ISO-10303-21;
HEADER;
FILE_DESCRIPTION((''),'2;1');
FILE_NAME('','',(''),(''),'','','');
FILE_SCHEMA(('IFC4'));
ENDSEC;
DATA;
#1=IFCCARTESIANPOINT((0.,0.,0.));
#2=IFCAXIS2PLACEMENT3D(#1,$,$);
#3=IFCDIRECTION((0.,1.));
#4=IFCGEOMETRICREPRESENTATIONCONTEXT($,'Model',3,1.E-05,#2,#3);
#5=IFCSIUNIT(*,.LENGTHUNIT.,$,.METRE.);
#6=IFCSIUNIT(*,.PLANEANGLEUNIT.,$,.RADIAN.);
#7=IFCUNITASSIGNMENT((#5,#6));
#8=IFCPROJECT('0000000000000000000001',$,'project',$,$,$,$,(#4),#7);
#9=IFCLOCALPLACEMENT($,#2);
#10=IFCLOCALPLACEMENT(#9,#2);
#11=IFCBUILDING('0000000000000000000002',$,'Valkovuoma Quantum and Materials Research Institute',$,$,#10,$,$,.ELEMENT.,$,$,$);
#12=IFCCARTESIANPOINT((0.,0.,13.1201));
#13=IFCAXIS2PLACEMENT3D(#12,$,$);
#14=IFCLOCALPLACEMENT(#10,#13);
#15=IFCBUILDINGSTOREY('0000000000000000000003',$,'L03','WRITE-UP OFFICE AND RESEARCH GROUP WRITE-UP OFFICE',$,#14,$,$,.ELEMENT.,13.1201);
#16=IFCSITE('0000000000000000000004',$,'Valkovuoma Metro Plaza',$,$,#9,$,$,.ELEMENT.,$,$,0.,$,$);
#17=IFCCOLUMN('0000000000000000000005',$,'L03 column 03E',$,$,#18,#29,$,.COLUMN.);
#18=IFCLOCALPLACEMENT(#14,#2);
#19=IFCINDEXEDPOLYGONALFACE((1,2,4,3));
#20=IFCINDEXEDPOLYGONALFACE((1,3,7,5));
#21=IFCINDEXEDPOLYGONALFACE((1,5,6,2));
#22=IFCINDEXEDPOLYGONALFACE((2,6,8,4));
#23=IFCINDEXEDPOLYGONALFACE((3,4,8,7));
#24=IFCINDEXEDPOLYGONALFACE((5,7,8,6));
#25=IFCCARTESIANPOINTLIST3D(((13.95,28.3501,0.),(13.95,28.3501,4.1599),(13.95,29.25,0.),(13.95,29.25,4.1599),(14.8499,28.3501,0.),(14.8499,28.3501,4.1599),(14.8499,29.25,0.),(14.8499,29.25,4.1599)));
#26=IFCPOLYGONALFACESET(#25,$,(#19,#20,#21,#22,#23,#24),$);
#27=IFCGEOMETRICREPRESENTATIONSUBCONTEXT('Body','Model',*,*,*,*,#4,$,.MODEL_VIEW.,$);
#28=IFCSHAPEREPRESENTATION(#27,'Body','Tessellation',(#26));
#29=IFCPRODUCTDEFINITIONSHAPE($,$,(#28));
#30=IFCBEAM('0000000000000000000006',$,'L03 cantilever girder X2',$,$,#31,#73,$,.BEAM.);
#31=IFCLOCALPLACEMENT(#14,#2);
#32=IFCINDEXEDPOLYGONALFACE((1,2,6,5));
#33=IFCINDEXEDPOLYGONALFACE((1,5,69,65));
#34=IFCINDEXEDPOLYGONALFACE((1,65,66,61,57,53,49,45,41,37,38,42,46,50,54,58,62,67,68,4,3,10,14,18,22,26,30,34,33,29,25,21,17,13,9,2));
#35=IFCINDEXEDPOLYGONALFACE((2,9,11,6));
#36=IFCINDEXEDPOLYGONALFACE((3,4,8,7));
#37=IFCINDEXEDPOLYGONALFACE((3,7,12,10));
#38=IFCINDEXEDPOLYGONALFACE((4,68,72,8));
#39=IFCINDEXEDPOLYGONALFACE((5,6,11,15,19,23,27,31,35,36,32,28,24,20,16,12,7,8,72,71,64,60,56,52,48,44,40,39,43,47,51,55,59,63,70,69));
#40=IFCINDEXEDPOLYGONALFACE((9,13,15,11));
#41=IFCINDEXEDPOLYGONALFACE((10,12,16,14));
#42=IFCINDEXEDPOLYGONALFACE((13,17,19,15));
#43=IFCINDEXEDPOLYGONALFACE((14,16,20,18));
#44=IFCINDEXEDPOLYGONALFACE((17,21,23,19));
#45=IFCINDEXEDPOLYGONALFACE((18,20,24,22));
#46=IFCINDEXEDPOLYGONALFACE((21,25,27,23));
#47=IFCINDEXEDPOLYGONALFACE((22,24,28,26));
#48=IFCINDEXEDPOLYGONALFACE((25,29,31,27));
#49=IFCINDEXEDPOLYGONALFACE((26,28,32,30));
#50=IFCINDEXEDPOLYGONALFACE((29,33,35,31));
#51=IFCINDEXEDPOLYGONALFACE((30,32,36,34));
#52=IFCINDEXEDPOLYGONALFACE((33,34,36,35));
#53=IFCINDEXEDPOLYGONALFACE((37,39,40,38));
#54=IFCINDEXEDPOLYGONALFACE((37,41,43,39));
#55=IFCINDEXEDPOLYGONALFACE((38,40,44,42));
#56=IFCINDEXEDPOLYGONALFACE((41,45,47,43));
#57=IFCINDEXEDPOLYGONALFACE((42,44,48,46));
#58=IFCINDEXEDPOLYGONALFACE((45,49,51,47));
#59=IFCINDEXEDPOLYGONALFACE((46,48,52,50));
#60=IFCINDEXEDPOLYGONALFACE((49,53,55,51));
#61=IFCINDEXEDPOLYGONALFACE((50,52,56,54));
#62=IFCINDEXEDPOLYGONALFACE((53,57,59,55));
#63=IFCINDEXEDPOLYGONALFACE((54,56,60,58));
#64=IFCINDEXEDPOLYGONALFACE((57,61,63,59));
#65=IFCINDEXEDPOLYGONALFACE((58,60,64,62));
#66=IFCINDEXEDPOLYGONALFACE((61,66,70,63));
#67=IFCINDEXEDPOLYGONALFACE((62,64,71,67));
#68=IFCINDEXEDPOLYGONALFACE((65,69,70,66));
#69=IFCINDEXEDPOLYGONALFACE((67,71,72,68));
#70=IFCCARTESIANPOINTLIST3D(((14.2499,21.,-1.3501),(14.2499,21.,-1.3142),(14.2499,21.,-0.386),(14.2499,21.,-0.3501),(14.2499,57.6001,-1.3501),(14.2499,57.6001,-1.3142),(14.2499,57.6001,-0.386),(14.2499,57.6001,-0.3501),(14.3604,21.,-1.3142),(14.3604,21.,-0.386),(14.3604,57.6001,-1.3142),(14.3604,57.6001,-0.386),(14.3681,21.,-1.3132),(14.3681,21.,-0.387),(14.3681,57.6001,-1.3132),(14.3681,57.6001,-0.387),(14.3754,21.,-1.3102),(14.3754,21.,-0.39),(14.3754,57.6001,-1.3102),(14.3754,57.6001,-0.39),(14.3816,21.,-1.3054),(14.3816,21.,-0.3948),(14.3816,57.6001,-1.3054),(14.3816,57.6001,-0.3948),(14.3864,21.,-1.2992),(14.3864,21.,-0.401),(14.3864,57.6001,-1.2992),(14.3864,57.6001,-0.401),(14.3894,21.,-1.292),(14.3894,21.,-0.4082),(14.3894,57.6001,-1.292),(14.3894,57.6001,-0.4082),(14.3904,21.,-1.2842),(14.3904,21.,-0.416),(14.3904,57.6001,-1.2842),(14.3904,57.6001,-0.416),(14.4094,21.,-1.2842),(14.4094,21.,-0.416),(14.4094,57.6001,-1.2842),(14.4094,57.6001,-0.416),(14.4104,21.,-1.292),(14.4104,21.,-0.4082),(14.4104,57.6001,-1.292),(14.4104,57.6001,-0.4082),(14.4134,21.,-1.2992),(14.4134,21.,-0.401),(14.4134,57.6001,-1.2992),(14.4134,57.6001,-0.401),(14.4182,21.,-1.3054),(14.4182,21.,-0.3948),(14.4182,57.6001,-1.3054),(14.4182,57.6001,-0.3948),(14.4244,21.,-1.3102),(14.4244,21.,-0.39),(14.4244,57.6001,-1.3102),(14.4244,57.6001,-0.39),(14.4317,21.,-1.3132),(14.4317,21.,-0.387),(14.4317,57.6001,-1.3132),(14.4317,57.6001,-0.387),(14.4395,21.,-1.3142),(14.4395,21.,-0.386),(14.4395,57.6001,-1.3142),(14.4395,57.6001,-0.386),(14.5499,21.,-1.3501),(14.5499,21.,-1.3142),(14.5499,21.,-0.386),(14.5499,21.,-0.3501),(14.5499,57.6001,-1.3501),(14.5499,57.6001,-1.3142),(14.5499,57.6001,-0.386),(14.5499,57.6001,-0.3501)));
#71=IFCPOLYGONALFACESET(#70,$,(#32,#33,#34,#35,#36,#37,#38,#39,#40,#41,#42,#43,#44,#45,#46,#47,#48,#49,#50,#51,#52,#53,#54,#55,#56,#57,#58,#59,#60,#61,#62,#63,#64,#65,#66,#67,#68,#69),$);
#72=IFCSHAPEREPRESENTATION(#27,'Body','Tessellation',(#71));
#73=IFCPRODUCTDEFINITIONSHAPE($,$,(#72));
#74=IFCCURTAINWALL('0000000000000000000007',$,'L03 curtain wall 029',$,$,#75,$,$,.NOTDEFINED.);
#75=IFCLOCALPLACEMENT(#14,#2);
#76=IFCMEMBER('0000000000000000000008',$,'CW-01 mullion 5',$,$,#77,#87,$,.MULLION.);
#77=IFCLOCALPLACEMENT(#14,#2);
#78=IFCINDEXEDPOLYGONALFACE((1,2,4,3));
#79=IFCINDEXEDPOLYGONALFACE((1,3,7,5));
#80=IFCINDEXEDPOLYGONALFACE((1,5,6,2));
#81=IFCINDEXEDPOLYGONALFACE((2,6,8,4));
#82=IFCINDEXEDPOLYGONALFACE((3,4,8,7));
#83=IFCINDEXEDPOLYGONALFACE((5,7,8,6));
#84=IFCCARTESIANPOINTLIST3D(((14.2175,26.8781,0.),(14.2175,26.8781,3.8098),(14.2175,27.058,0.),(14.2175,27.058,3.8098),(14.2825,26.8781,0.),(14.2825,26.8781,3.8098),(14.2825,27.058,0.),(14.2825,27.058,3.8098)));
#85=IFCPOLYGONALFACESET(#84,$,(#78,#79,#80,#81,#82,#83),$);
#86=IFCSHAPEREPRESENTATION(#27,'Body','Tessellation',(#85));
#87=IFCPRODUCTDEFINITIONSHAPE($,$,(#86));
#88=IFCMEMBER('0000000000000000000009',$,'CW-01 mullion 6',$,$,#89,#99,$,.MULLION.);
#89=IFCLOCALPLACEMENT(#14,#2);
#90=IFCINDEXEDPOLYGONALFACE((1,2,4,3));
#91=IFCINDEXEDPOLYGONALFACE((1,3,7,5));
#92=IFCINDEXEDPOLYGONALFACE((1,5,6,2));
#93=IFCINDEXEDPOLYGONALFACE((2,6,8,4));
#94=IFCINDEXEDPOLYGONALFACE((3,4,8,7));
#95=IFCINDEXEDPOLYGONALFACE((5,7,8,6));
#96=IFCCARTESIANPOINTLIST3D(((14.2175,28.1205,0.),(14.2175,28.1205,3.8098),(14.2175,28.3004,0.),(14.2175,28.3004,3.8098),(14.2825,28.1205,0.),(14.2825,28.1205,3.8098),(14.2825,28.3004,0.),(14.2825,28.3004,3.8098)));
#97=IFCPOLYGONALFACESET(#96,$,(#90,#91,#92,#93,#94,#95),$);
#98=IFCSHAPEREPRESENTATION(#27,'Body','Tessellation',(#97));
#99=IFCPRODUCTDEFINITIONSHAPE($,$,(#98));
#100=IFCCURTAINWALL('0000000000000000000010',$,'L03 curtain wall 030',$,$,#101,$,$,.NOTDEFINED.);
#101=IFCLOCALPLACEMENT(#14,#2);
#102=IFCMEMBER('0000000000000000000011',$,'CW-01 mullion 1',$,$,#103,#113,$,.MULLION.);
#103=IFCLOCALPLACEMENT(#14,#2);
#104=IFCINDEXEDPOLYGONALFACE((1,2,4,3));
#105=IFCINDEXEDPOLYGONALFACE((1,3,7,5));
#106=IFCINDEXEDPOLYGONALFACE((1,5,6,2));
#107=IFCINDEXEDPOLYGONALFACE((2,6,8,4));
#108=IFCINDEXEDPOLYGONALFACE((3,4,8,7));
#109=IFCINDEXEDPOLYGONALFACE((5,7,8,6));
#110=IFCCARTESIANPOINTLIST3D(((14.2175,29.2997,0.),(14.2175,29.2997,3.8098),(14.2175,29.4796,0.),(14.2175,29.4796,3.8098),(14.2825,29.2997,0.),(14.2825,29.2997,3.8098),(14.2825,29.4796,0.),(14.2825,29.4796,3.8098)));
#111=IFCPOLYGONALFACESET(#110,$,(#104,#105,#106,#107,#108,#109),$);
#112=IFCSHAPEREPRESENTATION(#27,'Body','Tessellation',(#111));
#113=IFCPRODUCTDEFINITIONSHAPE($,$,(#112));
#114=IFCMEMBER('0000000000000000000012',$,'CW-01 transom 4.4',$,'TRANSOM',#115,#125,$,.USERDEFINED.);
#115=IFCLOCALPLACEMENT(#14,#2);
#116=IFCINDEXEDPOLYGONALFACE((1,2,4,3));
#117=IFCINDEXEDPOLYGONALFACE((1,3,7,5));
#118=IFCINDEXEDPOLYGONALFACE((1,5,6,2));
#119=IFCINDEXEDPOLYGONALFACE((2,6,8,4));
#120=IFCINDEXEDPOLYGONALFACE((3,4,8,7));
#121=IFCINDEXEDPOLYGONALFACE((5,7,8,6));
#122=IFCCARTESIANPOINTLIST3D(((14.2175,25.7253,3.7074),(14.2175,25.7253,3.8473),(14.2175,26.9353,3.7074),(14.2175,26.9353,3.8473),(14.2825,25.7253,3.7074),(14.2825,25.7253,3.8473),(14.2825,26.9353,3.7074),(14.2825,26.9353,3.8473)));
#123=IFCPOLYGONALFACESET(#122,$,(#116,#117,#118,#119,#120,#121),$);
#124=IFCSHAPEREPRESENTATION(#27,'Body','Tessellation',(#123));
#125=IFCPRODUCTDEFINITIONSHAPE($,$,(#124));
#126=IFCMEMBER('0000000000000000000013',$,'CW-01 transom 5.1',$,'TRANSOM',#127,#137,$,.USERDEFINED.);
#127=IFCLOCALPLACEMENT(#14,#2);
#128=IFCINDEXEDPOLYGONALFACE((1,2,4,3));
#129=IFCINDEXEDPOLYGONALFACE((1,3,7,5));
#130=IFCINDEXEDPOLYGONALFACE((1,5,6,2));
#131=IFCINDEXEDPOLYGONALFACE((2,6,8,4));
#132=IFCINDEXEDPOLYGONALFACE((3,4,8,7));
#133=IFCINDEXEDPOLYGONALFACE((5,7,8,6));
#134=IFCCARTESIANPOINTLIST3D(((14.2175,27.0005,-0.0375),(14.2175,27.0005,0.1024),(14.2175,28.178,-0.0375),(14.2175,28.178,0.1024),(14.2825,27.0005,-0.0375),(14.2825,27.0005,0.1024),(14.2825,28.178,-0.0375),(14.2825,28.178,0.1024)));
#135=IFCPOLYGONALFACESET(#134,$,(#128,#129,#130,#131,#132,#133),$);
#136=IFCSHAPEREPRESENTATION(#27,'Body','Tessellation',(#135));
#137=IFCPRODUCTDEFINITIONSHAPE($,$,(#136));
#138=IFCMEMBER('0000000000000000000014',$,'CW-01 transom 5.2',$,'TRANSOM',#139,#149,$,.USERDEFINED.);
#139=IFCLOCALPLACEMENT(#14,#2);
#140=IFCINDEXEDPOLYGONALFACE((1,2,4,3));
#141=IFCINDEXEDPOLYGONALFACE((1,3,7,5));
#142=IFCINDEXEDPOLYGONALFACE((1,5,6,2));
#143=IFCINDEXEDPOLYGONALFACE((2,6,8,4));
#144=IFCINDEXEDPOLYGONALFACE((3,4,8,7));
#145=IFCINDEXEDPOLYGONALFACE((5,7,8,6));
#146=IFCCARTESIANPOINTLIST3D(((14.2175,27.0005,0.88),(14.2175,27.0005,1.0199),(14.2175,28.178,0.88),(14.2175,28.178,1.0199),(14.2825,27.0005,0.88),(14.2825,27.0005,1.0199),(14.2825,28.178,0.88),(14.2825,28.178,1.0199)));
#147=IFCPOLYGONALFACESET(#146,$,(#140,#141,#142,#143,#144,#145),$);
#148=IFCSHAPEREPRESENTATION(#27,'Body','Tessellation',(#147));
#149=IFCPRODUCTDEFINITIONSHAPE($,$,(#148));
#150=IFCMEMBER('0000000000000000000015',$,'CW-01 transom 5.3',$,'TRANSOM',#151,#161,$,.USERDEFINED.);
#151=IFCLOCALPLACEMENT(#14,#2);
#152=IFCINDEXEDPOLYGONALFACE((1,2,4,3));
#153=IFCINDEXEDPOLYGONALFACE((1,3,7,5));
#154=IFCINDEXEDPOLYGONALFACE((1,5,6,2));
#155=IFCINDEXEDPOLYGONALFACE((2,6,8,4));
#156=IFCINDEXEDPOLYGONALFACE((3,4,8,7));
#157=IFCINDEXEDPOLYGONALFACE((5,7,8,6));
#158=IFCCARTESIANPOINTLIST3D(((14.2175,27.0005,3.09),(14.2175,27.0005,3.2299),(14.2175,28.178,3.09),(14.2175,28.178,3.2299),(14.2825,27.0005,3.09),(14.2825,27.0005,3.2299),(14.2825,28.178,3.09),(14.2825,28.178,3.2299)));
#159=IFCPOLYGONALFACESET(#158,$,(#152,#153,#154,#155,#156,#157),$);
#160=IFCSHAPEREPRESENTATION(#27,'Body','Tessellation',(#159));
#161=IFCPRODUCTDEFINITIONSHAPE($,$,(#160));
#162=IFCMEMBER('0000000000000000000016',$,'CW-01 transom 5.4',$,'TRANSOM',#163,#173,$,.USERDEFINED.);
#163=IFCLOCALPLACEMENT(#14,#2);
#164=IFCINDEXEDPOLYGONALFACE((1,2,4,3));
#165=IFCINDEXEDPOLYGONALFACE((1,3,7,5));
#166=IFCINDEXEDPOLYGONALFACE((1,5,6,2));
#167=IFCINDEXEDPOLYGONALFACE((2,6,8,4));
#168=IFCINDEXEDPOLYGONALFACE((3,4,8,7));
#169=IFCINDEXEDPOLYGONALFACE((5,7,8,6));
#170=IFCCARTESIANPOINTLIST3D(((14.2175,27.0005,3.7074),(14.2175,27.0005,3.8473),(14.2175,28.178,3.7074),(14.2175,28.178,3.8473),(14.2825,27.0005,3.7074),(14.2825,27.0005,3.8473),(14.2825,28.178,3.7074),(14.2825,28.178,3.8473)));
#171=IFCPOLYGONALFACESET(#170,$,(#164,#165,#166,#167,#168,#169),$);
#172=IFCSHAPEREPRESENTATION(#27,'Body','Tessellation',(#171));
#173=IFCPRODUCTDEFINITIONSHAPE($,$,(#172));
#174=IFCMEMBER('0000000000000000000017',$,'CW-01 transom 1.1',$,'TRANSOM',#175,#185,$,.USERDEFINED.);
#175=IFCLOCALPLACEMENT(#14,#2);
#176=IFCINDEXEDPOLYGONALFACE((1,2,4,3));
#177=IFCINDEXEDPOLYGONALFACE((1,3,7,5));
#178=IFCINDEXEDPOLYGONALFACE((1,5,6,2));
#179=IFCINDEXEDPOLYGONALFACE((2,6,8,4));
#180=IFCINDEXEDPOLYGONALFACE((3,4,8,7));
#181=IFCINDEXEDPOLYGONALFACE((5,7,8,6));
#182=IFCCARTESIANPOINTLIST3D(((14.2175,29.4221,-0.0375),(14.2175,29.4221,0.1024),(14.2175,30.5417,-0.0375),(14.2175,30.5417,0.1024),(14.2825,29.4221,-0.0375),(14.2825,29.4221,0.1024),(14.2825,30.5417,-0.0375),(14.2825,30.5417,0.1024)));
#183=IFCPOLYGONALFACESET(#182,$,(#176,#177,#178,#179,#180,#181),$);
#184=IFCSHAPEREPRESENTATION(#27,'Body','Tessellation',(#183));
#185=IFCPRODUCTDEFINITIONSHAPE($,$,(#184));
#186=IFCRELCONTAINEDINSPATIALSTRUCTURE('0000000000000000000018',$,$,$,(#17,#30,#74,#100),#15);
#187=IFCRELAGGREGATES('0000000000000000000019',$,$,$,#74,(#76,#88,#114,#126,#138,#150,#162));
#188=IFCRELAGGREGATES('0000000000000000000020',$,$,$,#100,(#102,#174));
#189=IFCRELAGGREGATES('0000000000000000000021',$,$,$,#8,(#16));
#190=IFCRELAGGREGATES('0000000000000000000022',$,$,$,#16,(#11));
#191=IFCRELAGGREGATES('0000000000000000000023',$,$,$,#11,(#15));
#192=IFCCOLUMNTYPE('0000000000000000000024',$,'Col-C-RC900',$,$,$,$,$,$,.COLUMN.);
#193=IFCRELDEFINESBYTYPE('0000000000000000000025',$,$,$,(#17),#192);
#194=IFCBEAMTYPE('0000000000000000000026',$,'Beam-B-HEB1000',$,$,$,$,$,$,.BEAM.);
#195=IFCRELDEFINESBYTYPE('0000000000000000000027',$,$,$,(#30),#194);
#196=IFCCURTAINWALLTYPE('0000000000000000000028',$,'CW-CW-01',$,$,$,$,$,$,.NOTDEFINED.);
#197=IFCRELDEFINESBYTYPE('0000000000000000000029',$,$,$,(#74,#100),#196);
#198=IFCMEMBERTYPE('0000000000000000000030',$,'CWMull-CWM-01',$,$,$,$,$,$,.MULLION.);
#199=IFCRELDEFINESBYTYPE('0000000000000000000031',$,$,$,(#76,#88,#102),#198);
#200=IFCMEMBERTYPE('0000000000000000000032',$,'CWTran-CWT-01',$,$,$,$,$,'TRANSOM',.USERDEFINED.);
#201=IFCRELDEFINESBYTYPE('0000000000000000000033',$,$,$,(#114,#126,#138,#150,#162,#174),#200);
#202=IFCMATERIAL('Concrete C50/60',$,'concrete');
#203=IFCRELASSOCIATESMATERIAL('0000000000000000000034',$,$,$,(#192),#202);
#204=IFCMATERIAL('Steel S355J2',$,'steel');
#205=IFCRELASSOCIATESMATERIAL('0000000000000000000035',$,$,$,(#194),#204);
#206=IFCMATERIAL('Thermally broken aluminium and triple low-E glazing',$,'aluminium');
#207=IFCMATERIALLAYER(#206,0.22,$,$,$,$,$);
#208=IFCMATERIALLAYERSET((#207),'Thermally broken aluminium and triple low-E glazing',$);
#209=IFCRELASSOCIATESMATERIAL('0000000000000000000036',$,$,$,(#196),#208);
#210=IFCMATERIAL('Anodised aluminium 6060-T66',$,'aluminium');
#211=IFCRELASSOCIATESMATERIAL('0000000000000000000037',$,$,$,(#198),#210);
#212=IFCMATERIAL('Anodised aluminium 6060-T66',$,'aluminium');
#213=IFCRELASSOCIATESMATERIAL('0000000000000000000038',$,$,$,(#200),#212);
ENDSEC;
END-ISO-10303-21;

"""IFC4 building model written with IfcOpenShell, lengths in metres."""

from ifc_helpers import new_model, si_unit, direction, frame, origin, origin_2d, place, context, subcontext, project, spatial, rectangle, i_section, extrude, material, layer, layer_set, material_profile, profile_set, type_object, element, aggregate, save


model = new_model("IFC4")

# Units and contexts
model_context = context("Model", 3, precision=1e-05, world=origin(), true_north=direction((0.0, 1.0)))
body_context = subcontext(model_context, "Body", "Model", "MODEL_VIEW")
ifc_project = project(units=[si_unit("LENGTHUNIT", "METRE"), si_unit("PLANEANGLEUNIT", "RADIAN")], contexts=[model_context])

# Site, building, storey
site_placement = place(None, origin())
site = spatial("IfcSite", under=ifc_project, at=site_placement, Name="Valkovuoma Metro Plaza", CompositionType="ELEMENT", RefElevation=0.0)
building_placement = place(site_placement, origin())
building = spatial("IfcBuilding", under=site, at=building_placement, Name="Valkovuoma Quantum and Materials Research Institute", CompositionType="ELEMENT")
storey_placement = place(building_placement, frame((0.0, 0.0, 13.1201)))
storey = spatial("IfcBuildingStorey", under=building, at=storey_placement, Name="L03", Description="WRITE-UP OFFICE AND RESEARCH GROUP WRITE-UP OFFICE", CompositionType="ELEMENT", Elevation=13.1201)

# Column
ifc_material_1 = material(Name="Concrete C50/60", Category="concrete")
ifc_material_profile_1 = material_profile(ifc_material_1, rectangle(XDim=0.8999, YDim=0.8999, at=origin_2d()), Name="Concrete C50/60")
ifc_profile_set_1 = profile_set([ifc_material_profile_1], Name="Concrete C50/60")
column_type = type_object("IfcColumnType", Name="Col-C-RC900", PredefinedType="COLUMN", material=ifc_profile_set_1)
column_placement = place(storey_placement, frame((14.3999, 28.8, 0.0), z_axis=(0.0, 0.0, 1.0), x_axis=(1.0, 0.0, 0.0)))
element("IfcColumn", 1, at=column_placement, inside=storey, type_object=column_type, Name="L03 column 03E", PredefinedType="COLUMN", context=body_context, shape_type="SweptSolid", body=[
    extrude(rectangle(XDim=0.8999, YDim=0.8999, at=origin_2d()), origin(), (0.0, 0.0, 1.0), 4.1599),
])

# Beam
ifc_material_2 = material(Name="Steel S355J2", Category="steel")
ifc_material_profile_2 = material_profile(ifc_material_2, i_section(OverallWidth=0.3, OverallDepth=1.0, WebThickness=0.019, FlangeThickness=0.0359, FilletRadius=0.03, at=origin_2d()), Name="Steel S355J2")
ifc_profile_set_2 = profile_set([ifc_material_profile_2], Name="Steel S355J2")
beam_type = type_object("IfcBeamType", Name="Beam-B-HEB1000", PredefinedType="BEAM", material=ifc_profile_set_2)
beam_placement = place(storey_placement, frame((14.3999, 21.0, -0.8501), z_axis=(0.0, 1.0, 0.0), x_axis=(-1.0, 0.0, 0.0)))
element("IfcBeam", 2, at=beam_placement, inside=storey, type_object=beam_type, Name="L03 cantilever girder X2", PredefinedType="BEAM", context=body_context, shape_type="SweptSolid", body=[
    extrude(i_section(OverallWidth=0.3, OverallDepth=1.0, WebThickness=0.019, FlangeThickness=0.0359, FilletRadius=0.03, at=origin_2d()), origin(), (0.0, 0.0, 1.0), 36.6001),
])

# Curtain wall, members
ifc_material_3 = material(Name="Thermally broken aluminium and triple low-E glazing", Category="aluminium")
ifc_layer_1 = layer(ifc_material_3, 0.22)
ifc_layer_set_1 = layer_set([ifc_layer_1], Name="Thermally broken aluminium and triple low-E glazing")
curtain_wall_type = type_object("IfcCurtainWallType", Name="CW-CW-01", PredefinedType="NOTDEFINED", material=ifc_layer_set_1)
curtain_wall_1_placement = place(storey_placement, origin())
curtain_wall_1 = element("IfcCurtainWall", 3, at=curtain_wall_1_placement, inside=storey, type_object=curtain_wall_type, Name="L03 curtain wall 029", PredefinedType="NOTDEFINED")
ifc_material_4 = material(Name="Anodised aluminium 6060-T66", Category="aluminium")
ifc_material_profile_3 = material_profile(ifc_material_4, rectangle(XDim=0.0649, YDim=0.1799, at=origin_2d()), Name="Anodised aluminium 6060-T66")
ifc_profile_set_3 = profile_set([ifc_material_profile_3], Name="Anodised aluminium 6060-T66")
member_type_1 = type_object("IfcMemberType", Name="CWMull-CWM-01", PredefinedType="MULLION", material=ifc_profile_set_3)
member_1_placement = place(storey_placement, frame((14.25, 26.968, 0.0), z_axis=(0.0, 0.0, 1.0), x_axis=(-1.0, 0.0, 0.0)))
member_1 = element("IfcMember", 4, at=member_1_placement, type_object=member_type_1, Name="CW-01 mullion 5", PredefinedType="MULLION", context=body_context, shape_type="SweptSolid", body=[
    extrude(rectangle(XDim=0.0649, YDim=0.1799, at=origin_2d()), origin(), (0.0, 0.0, 1.0), 3.8098),
])
member_2_placement = place(storey_placement, frame((14.25, 28.2104, 0.0), z_axis=(0.0, 0.0, 1.0), x_axis=(-1.0, 0.0, 0.0)))
member_2 = element("IfcMember", 5, at=member_2_placement, type_object=member_type_1, Name="CW-01 mullion 6", PredefinedType="MULLION", context=body_context, shape_type="SweptSolid", body=[
    extrude(rectangle(XDim=0.0649, YDim=0.1799, at=origin_2d()), origin(), (0.0, 0.0, 1.0), 3.8098),
])

# Curtain wall, member
curtain_wall_2_placement = place(storey_placement, origin())
curtain_wall_2 = element("IfcCurtainWall", 6, at=curtain_wall_2_placement, inside=storey, type_object=curtain_wall_type, Name="L03 curtain wall 030", PredefinedType="NOTDEFINED")
member_3_placement = place(storey_placement, frame((14.25, 29.3896, 0.0), z_axis=(0.0, 0.0, 1.0), x_axis=(-1.0, 0.0, 0.0)))
member_3 = element("IfcMember", 7, at=member_3_placement, type_object=member_type_1, Name="CW-01 mullion 1", PredefinedType="MULLION", context=body_context, shape_type="SweptSolid", body=[
    extrude(rectangle(XDim=0.0649, YDim=0.1799, at=origin_2d()), origin(), (0.0, 0.0, 1.0), 3.8098),
])

# Members
ifc_material_5 = material(Name="Anodised aluminium 6060-T66", Category="aluminium")
ifc_material_profile_4 = material_profile(ifc_material_5, rectangle(XDim=0.0649, YDim=0.1399, at=origin_2d()), Name="Anodised aluminium 6060-T66")
ifc_profile_set_4 = profile_set([ifc_material_profile_4], Name="Anodised aluminium 6060-T66")
member_type_2 = type_object("IfcMemberType", Name="CWTran-CWT-01", ElementType="TRANSOM", PredefinedType="USERDEFINED", material=ifc_profile_set_4)
member_4_placement = place(storey_placement, frame((14.25, 25.7253, 3.7773), z_axis=(0.0, 1.0, 0.0), x_axis=(-1.0, 0.0, 0.0)))
member_4 = element("IfcMember", 8, at=member_4_placement, type_object=member_type_2, Name="CW-01 transom 4.4", ObjectType="TRANSOM", PredefinedType="USERDEFINED", context=body_context, shape_type="SweptSolid", body=[
    extrude(rectangle(XDim=0.0649, YDim=0.1399, at=origin_2d()), origin(), (0.0, 0.0, 1.0), 1.21),
])
member_5_placement = place(storey_placement, frame((14.25, 27.0005, 0.0325), z_axis=(0.0, 1.0, 0.0), x_axis=(-1.0, 0.0, 0.0)))
member_5 = element("IfcMember", 9, at=member_5_placement, type_object=member_type_2, Name="CW-01 transom 5.1", ObjectType="TRANSOM", PredefinedType="USERDEFINED", context=body_context, shape_type="SweptSolid", body=[
    extrude(rectangle(XDim=0.0649, YDim=0.1399, at=origin_2d()), origin(), (0.0, 0.0, 1.0), 1.1775),
])
member_6_placement = place(storey_placement, frame((14.25, 27.0005, 0.95), z_axis=(0.0, 1.0, 0.0), x_axis=(-1.0, 0.0, 0.0)))
member_6 = element("IfcMember", 10, at=member_6_placement, type_object=member_type_2, Name="CW-01 transom 5.2", ObjectType="TRANSOM", PredefinedType="USERDEFINED", context=body_context, shape_type="SweptSolid", body=[
    extrude(rectangle(XDim=0.0649, YDim=0.1399, at=origin_2d()), origin(), (0.0, 0.0, 1.0), 1.1775),
])
member_7_placement = place(storey_placement, frame((14.25, 27.0005, 3.1599), z_axis=(0.0, 1.0, 0.0), x_axis=(-1.0, 0.0, 0.0)))
member_7 = element("IfcMember", 11, at=member_7_placement, type_object=member_type_2, Name="CW-01 transom 5.3", ObjectType="TRANSOM", PredefinedType="USERDEFINED", context=body_context, shape_type="SweptSolid", body=[
    extrude(rectangle(XDim=0.0649, YDim=0.1399, at=origin_2d()), origin(), (0.0, 0.0, 1.0), 1.1775),
])
member_8_placement = place(storey_placement, frame((14.25, 27.0005, 3.7773), z_axis=(0.0, 1.0, 0.0), x_axis=(-1.0, 0.0, 0.0)))
member_8 = element("IfcMember", 12, at=member_8_placement, type_object=member_type_2, Name="CW-01 transom 5.4", ObjectType="TRANSOM", PredefinedType="USERDEFINED", context=body_context, shape_type="SweptSolid", body=[
    extrude(rectangle(XDim=0.0649, YDim=0.1399, at=origin_2d()), origin(), (0.0, 0.0, 1.0), 1.1775),
])
member_9_placement = place(storey_placement, frame((14.25, 29.4221, 0.0325), z_axis=(0.0, 1.0, 0.0), x_axis=(-1.0, 0.0, 0.0)))
member_9 = element("IfcMember", 13, at=member_9_placement, type_object=member_type_2, Name="CW-01 transom 1.1", ObjectType="TRANSOM", PredefinedType="USERDEFINED", context=body_context, shape_type="SweptSolid", body=[
    extrude(rectangle(XDim=0.0649, YDim=0.1399, at=origin_2d()), origin(), (0.0, 0.0, 1.0), 1.1196),
])

aggregate(curtain_wall_1, [member_1, member_2, member_4, member_5, member_6, member_7, member_8])
aggregate(curtain_wall_2, [member_3, member_9])

save(model, "model.ifc")
